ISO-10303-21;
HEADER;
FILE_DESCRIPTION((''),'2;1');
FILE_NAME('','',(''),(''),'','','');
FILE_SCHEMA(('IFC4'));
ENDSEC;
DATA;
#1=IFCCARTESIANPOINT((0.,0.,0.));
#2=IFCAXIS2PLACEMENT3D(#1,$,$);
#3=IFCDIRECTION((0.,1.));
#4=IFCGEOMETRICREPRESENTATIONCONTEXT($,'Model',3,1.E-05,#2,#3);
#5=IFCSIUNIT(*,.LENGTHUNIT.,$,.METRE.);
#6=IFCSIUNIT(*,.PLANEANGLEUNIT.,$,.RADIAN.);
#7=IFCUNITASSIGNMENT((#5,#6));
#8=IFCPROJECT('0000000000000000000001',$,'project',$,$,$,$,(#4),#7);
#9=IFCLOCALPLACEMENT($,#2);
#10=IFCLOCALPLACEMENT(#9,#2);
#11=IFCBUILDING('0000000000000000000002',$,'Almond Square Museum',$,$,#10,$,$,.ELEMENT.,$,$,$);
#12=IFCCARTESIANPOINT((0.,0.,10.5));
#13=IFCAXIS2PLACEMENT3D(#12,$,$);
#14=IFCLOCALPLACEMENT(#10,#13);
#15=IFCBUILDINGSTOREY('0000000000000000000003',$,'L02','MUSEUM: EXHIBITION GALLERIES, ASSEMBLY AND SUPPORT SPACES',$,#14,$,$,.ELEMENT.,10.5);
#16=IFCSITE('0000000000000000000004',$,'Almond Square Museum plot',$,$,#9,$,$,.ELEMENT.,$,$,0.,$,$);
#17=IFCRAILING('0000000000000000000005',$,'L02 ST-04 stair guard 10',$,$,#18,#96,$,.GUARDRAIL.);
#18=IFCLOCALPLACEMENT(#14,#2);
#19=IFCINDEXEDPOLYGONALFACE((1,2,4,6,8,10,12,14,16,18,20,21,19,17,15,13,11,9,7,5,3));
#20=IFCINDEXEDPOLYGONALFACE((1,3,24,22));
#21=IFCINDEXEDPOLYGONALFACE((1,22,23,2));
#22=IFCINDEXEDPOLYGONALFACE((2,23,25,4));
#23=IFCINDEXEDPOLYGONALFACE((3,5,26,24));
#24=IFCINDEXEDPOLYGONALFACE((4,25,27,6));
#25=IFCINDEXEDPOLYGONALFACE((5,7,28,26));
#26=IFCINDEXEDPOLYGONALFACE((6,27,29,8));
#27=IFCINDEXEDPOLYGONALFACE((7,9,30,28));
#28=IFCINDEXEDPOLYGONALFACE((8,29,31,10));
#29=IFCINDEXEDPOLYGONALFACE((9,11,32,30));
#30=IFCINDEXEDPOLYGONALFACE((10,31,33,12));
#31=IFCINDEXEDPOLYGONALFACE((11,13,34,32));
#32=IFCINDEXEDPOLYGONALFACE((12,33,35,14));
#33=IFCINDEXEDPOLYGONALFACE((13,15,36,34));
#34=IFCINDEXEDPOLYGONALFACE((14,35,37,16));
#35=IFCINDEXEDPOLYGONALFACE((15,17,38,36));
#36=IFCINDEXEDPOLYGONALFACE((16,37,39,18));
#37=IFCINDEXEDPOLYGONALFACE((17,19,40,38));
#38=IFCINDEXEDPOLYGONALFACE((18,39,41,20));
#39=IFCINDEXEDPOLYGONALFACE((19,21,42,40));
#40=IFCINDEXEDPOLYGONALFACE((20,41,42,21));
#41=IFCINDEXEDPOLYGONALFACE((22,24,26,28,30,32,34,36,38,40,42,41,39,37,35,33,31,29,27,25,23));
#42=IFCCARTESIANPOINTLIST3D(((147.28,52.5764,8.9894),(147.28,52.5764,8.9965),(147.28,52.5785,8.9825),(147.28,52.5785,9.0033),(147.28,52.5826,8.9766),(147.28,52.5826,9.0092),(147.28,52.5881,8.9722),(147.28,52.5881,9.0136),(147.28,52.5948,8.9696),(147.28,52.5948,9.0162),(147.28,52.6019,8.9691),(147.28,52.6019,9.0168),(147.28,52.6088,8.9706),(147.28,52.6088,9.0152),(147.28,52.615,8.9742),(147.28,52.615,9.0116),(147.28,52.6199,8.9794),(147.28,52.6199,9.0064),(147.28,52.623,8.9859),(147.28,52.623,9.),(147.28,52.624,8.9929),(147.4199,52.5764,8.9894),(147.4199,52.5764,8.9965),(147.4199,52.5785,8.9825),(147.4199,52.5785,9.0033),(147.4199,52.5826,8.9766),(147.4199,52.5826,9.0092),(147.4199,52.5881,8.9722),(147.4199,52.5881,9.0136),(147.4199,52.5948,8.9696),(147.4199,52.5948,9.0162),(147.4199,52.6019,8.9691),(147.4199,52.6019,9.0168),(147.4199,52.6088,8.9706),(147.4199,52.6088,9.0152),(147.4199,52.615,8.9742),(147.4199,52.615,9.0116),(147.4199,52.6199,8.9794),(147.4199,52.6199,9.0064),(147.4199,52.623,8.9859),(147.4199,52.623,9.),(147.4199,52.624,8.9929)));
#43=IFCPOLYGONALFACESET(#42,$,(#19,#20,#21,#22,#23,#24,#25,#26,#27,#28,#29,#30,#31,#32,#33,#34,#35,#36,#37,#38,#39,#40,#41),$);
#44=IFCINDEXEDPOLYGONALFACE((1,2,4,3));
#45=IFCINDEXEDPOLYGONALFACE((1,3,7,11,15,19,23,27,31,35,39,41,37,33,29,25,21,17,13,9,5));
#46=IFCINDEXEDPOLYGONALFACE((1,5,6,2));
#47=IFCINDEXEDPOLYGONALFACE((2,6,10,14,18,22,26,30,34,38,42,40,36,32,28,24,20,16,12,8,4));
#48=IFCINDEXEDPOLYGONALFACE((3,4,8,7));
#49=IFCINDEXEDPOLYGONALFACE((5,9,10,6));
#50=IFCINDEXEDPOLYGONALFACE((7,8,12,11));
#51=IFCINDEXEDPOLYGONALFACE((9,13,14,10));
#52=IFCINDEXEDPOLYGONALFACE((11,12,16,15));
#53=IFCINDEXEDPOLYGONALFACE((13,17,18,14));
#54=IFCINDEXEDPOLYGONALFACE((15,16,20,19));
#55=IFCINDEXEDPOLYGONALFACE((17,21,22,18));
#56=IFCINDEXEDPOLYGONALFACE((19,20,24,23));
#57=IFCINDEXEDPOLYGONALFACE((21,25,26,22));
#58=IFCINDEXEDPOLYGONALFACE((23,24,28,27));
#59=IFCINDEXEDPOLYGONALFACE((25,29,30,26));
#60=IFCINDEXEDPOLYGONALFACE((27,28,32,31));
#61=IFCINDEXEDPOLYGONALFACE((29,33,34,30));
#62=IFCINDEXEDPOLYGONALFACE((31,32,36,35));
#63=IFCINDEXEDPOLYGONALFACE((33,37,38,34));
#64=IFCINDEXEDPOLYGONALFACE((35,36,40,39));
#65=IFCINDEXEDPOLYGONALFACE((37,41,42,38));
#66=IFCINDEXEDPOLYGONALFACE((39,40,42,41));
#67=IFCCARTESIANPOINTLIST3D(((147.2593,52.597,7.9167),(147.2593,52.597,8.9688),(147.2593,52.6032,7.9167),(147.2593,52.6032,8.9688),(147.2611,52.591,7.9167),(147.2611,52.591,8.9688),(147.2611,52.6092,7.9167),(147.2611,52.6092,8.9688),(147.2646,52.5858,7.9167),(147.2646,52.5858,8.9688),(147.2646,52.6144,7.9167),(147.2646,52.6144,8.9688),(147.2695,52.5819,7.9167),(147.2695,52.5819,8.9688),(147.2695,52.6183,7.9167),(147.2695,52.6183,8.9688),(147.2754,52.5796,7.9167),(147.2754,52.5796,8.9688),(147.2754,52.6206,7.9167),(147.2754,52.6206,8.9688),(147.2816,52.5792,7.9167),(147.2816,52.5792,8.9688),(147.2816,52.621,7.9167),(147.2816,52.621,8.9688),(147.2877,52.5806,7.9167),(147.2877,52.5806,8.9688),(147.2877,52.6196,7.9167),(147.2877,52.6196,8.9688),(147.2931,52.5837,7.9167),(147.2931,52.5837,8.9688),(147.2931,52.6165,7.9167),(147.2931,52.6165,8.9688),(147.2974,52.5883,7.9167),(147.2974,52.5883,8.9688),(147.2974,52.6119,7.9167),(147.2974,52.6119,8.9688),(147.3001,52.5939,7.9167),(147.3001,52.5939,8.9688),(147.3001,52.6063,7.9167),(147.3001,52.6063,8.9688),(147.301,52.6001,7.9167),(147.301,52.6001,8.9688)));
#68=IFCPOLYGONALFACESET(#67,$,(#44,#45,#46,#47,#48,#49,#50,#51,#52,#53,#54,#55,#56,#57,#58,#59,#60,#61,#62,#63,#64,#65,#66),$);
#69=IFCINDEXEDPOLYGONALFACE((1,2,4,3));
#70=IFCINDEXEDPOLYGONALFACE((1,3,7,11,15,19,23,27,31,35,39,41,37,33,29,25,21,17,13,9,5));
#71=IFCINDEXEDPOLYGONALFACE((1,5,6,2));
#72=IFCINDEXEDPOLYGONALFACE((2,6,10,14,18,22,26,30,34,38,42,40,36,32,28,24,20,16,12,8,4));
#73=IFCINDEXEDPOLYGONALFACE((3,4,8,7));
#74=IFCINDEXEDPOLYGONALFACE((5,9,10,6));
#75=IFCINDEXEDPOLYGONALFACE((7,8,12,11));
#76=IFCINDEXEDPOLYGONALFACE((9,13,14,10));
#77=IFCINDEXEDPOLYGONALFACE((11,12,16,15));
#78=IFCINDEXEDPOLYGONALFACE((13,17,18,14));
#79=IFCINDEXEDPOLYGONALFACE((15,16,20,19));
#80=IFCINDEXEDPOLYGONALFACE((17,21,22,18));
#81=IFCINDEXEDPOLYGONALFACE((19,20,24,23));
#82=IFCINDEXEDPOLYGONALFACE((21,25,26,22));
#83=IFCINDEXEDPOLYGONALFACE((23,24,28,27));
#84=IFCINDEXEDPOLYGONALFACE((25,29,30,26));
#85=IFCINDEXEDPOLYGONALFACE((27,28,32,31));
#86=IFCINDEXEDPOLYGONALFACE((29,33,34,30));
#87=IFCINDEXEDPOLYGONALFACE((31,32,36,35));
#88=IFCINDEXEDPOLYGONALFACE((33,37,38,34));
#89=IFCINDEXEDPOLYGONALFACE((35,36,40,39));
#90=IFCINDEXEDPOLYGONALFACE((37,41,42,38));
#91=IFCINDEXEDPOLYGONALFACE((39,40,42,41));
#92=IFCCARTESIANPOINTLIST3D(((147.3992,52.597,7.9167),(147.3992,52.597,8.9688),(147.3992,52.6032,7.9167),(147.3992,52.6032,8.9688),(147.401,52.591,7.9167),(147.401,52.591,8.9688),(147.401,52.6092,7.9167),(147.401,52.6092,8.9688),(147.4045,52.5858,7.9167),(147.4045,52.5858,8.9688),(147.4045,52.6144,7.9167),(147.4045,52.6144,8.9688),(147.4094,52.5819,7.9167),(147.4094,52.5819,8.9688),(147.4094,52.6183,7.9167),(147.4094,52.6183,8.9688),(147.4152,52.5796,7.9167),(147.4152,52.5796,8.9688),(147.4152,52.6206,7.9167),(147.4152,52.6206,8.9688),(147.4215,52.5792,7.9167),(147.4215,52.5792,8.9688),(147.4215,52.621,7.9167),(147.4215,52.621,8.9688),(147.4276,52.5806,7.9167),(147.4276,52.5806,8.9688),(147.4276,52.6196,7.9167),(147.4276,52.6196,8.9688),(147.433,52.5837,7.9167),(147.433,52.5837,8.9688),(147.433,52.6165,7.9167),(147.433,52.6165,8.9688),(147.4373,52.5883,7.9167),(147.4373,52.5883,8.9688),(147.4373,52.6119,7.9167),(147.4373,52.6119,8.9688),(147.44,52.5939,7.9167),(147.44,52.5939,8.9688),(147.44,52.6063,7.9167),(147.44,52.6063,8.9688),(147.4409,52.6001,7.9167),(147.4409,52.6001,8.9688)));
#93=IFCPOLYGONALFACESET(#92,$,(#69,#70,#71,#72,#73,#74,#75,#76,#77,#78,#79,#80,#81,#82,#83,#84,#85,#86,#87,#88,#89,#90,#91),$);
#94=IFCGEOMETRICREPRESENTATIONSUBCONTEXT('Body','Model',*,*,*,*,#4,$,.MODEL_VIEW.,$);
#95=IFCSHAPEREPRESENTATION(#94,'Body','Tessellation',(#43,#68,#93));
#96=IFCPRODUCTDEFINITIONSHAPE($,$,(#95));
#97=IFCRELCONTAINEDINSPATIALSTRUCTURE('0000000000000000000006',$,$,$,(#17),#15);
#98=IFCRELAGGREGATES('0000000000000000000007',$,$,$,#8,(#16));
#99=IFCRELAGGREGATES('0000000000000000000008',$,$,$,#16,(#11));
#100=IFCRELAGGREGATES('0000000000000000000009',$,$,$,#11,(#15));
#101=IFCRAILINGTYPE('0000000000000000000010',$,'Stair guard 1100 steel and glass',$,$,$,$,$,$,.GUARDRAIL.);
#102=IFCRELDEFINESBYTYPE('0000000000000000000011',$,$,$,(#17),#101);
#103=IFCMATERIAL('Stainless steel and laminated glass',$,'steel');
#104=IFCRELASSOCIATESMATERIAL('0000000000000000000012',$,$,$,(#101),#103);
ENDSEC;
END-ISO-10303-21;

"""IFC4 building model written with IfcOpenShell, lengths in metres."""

from ifc_helpers import new_model, si_unit, direction, frame, origin, origin_2d, place, context, subcontext, project, spatial, circle, extrude, material, type_object, element, save


model = new_model("IFC4")

# Units and contexts
model_context = context("Model", 3, precision=1e-05, world=origin(), true_north=direction((0.0, 1.0)))
body_context = subcontext(model_context, "Body", "Model", "MODEL_VIEW")
ifc_project = project(units=[si_unit("LENGTHUNIT", "METRE"), si_unit("PLANEANGLEUNIT", "RADIAN")], contexts=[model_context])

# Site, building, storey
site_placement = place(None, origin())
site = spatial("IfcSite", under=ifc_project, at=site_placement, Name="Almond Square Museum plot", CompositionType="ELEMENT", RefElevation=0.0)
building_placement = place(site_placement, origin())
building = spatial("IfcBuilding", under=site, at=building_placement, Name="Almond Square Museum", CompositionType="ELEMENT")
storey_placement = place(building_placement, frame((0.0, 0.0, 10.5)))
storey = spatial("IfcBuildingStorey", under=building, at=storey_placement, Name="L02", Description="MUSEUM: EXHIBITION GALLERIES, ASSEMBLY AND SUPPORT SPACES", CompositionType="ELEMENT", Elevation=10.5)

# Railing
ifc_material_1 = material(Name="Stainless steel and laminated glass", Category="steel")
railing_type_1 = type_object("IfcRailingType", Name="Stair guard 1100 steel and glass", PredefinedType="GUARDRAIL", material=ifc_material_1)
railing_1_placement = place(storey_placement, frame((147.28, 52.6001, 7.9167)))
element("IfcRailing", 1, at=railing_1_placement, inside=storey, type_object=railing_type_1, Name="L02 ST-04 stair guard 10", PredefinedType="GUARDRAIL", context=body_context, shape_type="SweptSolid", body=[
    extrude(circle(Radius=0.0239, at=origin_2d()), frame((0.0, 0.0, 1.0762), z_axis=(1.0, 0.0, 0.0), x_axis=(0.0, 1.0, 0.0)), (0.0, 0.0, 1.0), 0.1399),
    extrude(circle(Radius=0.021, at=origin_2d()), origin(), (0.0, 0.0, 1.0), 1.052),
    extrude(circle(Radius=0.021, at=origin_2d()), frame((0.1399, 0.0, 0.0)), (0.0, 0.0, 1.0), 1.052),
])

save(model, "model.ifc")
